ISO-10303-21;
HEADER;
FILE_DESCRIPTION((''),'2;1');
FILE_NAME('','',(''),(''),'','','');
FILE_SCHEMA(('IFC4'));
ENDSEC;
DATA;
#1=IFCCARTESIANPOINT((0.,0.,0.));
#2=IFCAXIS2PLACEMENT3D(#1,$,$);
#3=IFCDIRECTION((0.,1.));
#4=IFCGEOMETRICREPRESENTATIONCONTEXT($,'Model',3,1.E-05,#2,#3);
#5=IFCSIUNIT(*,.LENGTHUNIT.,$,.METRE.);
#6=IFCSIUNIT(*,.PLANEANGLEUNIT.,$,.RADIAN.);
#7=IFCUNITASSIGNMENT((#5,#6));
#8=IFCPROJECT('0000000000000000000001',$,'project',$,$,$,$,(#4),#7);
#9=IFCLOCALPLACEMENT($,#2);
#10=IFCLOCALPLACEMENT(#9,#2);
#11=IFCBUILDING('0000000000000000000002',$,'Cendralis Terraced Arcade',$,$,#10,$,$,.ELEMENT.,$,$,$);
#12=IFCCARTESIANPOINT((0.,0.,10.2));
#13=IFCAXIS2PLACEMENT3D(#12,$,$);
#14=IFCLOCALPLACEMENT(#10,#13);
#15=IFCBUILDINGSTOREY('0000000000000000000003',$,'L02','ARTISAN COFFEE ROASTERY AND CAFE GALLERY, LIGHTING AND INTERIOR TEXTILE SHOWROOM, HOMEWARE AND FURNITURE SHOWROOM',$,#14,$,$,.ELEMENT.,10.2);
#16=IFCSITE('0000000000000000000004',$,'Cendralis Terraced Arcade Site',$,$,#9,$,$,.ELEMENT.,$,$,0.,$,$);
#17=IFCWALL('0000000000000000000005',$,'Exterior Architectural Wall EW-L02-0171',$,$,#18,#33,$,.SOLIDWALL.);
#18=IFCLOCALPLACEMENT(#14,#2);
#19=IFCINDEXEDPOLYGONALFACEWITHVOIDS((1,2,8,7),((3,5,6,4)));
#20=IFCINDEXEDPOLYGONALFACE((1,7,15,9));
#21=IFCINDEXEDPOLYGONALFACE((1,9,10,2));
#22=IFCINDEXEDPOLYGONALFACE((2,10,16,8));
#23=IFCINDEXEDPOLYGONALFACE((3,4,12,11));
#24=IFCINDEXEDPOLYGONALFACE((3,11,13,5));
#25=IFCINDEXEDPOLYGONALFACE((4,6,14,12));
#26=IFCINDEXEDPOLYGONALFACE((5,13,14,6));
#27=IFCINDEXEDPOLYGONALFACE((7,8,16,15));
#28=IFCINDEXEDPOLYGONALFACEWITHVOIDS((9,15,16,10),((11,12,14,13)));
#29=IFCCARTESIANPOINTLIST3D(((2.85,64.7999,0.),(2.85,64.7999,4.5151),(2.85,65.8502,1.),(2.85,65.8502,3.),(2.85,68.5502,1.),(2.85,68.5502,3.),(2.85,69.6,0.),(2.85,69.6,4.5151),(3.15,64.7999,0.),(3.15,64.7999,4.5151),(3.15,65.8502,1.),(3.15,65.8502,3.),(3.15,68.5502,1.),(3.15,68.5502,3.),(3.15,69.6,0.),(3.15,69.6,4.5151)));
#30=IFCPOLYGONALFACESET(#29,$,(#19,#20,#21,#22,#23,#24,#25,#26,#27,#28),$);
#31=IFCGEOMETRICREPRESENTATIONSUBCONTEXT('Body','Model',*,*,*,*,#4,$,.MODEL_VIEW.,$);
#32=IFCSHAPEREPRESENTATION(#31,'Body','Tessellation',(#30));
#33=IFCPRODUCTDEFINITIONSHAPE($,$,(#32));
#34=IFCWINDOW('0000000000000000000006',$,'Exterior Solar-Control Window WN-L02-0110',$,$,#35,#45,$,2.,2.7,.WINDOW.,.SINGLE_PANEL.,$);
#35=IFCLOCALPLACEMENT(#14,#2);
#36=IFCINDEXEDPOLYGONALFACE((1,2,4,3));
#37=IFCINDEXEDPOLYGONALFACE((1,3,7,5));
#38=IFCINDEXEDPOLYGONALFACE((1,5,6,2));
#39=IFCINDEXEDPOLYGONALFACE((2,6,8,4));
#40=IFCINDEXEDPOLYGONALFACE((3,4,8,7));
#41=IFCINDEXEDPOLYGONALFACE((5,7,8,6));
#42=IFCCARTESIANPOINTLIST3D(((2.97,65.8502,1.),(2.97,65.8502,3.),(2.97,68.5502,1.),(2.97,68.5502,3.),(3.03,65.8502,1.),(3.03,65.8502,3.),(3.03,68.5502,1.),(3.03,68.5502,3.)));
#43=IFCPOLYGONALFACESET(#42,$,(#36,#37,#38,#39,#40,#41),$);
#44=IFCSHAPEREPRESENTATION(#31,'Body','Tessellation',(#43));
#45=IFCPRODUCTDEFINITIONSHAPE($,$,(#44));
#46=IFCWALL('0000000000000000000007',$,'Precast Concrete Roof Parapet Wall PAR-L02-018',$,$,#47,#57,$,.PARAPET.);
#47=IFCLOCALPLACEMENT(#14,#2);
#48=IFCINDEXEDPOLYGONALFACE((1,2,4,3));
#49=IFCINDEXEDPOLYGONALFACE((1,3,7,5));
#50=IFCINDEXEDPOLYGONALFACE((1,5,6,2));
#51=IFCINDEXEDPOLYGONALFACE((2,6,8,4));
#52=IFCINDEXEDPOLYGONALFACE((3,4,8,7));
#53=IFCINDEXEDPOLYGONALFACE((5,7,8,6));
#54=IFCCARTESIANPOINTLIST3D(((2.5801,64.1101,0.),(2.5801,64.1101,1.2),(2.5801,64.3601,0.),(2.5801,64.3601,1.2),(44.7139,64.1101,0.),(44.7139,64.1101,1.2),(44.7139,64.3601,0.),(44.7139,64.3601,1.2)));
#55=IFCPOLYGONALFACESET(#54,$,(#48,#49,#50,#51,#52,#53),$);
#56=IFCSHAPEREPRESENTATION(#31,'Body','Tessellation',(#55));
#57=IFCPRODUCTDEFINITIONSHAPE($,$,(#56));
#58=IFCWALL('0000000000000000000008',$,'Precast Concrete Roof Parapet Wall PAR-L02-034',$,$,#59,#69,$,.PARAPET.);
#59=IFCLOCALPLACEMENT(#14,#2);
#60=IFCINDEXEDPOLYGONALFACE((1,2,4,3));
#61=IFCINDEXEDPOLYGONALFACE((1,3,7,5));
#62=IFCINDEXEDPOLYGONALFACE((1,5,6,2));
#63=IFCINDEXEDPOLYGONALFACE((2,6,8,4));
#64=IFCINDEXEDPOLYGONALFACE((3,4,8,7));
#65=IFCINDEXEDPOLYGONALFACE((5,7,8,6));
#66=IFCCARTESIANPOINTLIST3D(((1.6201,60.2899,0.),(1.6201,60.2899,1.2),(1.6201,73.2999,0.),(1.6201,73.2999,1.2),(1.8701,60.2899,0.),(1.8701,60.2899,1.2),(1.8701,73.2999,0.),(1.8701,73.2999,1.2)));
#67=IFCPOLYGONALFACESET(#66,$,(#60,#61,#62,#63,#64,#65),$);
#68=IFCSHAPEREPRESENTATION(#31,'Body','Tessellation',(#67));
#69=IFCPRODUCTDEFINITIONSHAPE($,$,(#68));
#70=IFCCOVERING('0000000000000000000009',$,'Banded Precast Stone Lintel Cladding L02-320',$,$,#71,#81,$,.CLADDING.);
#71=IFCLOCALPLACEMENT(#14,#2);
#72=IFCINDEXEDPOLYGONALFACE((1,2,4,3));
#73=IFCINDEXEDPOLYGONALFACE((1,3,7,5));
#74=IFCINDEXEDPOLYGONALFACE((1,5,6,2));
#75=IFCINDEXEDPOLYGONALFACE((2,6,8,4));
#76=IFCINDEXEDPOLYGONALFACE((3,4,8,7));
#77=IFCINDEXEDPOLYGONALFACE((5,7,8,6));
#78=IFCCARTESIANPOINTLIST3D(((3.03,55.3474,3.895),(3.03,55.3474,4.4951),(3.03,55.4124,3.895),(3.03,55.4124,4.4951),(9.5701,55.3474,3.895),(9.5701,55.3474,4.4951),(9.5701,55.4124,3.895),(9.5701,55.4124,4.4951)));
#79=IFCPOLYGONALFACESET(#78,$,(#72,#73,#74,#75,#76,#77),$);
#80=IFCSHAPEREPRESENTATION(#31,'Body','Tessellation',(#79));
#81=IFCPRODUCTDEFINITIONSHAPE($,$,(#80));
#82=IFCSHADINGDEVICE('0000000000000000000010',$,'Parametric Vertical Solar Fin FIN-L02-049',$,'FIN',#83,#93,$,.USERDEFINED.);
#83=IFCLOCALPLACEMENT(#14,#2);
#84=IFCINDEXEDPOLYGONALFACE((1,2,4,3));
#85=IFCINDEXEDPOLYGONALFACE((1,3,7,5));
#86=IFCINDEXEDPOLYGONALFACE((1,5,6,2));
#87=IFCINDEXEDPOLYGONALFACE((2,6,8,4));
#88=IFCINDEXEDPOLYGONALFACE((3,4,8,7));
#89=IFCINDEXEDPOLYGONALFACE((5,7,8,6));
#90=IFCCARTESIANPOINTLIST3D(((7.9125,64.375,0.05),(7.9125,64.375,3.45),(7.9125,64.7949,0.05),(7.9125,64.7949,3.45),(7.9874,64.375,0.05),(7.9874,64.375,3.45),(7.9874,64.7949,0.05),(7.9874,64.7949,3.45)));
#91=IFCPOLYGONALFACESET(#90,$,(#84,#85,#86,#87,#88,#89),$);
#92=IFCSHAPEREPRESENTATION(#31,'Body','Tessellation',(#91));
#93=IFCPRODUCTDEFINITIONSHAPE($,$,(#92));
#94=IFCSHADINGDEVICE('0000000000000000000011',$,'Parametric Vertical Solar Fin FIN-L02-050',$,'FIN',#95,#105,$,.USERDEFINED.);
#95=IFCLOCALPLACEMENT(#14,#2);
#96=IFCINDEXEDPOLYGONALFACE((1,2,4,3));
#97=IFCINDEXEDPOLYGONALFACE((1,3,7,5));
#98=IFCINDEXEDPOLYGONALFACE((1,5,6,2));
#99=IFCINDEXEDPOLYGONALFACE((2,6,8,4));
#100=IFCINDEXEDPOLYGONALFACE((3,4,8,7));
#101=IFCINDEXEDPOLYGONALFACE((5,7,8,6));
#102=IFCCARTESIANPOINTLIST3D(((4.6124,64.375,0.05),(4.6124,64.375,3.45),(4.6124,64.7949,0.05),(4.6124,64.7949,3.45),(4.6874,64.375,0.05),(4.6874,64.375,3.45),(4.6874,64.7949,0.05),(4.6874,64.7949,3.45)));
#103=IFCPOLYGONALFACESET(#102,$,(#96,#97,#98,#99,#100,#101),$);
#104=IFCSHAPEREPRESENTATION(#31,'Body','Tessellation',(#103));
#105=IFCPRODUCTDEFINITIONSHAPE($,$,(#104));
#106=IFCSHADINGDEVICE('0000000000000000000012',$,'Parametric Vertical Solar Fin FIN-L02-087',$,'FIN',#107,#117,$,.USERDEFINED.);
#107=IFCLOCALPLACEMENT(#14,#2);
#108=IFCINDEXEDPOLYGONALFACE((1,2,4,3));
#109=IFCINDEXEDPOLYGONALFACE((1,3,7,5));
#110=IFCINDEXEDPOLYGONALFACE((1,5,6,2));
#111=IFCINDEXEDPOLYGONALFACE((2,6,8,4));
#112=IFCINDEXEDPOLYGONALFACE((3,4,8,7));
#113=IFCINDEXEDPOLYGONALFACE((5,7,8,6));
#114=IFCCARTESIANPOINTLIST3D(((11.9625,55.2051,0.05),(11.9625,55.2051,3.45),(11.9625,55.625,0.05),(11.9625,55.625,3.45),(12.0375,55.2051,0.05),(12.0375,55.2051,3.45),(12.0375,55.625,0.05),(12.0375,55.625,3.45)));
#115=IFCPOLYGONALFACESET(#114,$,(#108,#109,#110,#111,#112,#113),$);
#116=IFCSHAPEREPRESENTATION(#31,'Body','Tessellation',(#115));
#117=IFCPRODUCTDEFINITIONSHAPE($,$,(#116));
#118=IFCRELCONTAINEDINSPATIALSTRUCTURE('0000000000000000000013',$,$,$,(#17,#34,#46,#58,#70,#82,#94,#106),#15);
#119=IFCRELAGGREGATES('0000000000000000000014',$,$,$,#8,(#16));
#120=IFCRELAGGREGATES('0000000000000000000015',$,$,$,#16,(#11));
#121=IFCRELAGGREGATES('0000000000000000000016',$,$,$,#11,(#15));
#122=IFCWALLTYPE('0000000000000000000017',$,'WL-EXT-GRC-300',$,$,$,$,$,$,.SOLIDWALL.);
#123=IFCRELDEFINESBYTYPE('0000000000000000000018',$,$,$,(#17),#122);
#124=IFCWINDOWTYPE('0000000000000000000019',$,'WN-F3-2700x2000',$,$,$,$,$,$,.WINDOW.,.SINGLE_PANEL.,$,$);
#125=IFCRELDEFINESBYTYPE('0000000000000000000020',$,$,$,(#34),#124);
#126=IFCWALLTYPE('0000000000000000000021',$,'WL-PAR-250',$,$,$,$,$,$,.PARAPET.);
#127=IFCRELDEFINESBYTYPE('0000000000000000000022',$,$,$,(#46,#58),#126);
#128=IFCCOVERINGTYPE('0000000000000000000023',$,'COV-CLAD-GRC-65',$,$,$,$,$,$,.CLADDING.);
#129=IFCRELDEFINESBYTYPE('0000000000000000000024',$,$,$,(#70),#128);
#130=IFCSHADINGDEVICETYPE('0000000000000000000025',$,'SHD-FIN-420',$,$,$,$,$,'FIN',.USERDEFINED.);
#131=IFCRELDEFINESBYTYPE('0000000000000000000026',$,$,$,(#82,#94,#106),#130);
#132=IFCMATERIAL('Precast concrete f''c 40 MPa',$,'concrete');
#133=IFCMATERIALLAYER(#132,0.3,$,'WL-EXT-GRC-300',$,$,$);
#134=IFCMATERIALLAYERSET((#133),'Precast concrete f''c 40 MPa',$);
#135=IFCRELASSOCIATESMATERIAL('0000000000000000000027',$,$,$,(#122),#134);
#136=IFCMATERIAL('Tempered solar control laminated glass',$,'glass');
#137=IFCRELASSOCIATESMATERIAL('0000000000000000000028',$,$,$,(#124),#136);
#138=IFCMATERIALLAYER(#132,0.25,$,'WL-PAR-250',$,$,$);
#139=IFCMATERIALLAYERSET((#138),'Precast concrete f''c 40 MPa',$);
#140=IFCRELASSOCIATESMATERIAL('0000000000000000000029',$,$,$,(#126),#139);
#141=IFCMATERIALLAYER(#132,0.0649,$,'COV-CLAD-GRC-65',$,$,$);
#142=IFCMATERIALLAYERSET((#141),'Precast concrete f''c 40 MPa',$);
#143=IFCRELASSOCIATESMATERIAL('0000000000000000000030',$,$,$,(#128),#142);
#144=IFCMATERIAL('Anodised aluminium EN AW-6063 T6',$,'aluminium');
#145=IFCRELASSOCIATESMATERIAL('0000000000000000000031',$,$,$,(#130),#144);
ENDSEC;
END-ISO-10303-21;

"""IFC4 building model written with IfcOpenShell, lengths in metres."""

from ifc_helpers import new_model, si_unit, direction, frame, frame_2d, origin, origin_2d, place, context, subcontext, project, spatial, rectangle, extrude, material, layer, layer_set, type_object, element, fill, save


model = new_model("IFC4")

# Units and contexts
model_context = context("Model", 3, precision=1e-05, world=origin(), true_north=direction((0.0, 1.0)))
body_context = subcontext(model_context, "Body", "Model", "MODEL_VIEW")
ifc_project = project(units=[si_unit("LENGTHUNIT", "METRE"), si_unit("PLANEANGLEUNIT", "RADIAN")], contexts=[model_context])

# Site, building, storey
site_placement = place(None, origin())
site = spatial("IfcSite", under=ifc_project, at=site_placement, Name="Cendralis Terraced Arcade Site", CompositionType="ELEMENT", RefElevation=0.0)
building_placement = place(site_placement, origin())
building = spatial("IfcBuilding", under=site, at=building_placement, Name="Cendralis Terraced Arcade", CompositionType="ELEMENT")
storey_placement = place(building_placement, frame((0.0, 0.0, 10.2)))
storey = spatial("IfcBuildingStorey", under=building, at=storey_placement, Name="L02", Description="ARTISAN COFFEE ROASTERY AND CAFE GALLERY, LIGHTING AND INTERIOR TEXTILE SHOWROOM, HOMEWARE AND FURNITURE SHOWROOM", CompositionType="ELEMENT", Elevation=10.2)

# Shared definitions
ifc_material_1 = material(Name="Anodised aluminium EN AW-6063 T6", Category="aluminium")
ifc_material_2 = material(Name="Tempered solar control laminated glass", Category="glass")

# Wall, opening, window
ifc_material_3 = material(Name="Precast concrete f'c 40 MPa", Category="concrete")
ifc_layer_1 = layer(ifc_material_3, 0.3, Name="WL-EXT-GRC-300")
ifc_layer_set_1 = layer_set([ifc_layer_1], Name="Precast concrete f'c 40 MPa")
wall_type_1 = type_object("IfcWallType", Name="WL-EXT-GRC-300", PredefinedType="SOLIDWALL", material=ifc_layer_set_1)
wall_1_placement = place(storey_placement, frame((3.0, 64.8, 0.0), z_axis=(0.0, 0.0, 1.0), x_axis=(0.0, 1.0, 0.0)))
wall_1 = element("IfcWall", 1, at=wall_1_placement, inside=storey, type_object=wall_type_1, Name="Exterior Architectural Wall EW-L02-0171", PredefinedType="SOLIDWALL", context=body_context, shape_type="SweptSolid", body=[
    extrude(rectangle(XDim=4.8, YDim=0.3, at=frame_2d((2.3999, 0.0))), origin(), (0.0, 0.0, 1.0), 4.5151),
])
opening_placement = place(wall_1_placement, frame((1.05, 0.0, 1.0)))
opening = element("IfcOpeningElement", 2, at=opening_placement, cuts=wall_1, PredefinedType="OPENING", context=body_context, shape_type="SweptSolid", body=[
    extrude(rectangle(XDim=2.7, YDim=2.0, at=frame_2d((1.3501, 1.0))), frame((0.0, 0.1621, 0.0), z_axis=(0.0, -1.0, 0.0), x_axis=(1.0, 0.0, 0.0)), (0.0, 0.0, 1.0), 0.324),
])
window_type = type_object("IfcWindowType", Name="WN-F3-2700x2000", PartitioningType="SINGLE_PANEL", PredefinedType="WINDOW", material=ifc_material_2)
window_placement = place(opening_placement, origin())
window = element("IfcWindow", 3, at=window_placement, inside=storey, type_object=window_type, Name="Exterior Solar-Control Window WN-L02-0110", OverallHeight=2.0, OverallWidth=2.7, PartitioningType="SINGLE_PANEL", PredefinedType="WINDOW", context=body_context, shape_type="SweptSolid", body=[
    extrude(rectangle(XDim=2.7, YDim=2.0, at=frame_2d((1.3501, 1.0))), frame((0.0, 0.03, 0.0), z_axis=(0.0, -1.0, 0.0), x_axis=(1.0, 0.0, 0.0)), (0.0, 0.0, 1.0), 0.0601),
])
fill(opening, window)

# Walls
ifc_layer_2 = layer(ifc_material_3, 0.25, Name="WL-PAR-250")
ifc_layer_set_2 = layer_set([ifc_layer_2], Name="Precast concrete f'c 40 MPa")
wall_type_2 = type_object("IfcWallType", Name="WL-PAR-250", PredefinedType="PARAPET", material=ifc_layer_set_2)
wall_2_placement = place(storey_placement, frame((2.5801, 64.2351, 0.0), z_axis=(0.0, 0.0, 1.0), x_axis=(1.0, 0.0, 0.0)))
element("IfcWall", 4, at=wall_2_placement, inside=storey, type_object=wall_type_2, Name="Precast Concrete Roof Parapet Wall PAR-L02-018", PredefinedType="PARAPET", context=body_context, shape_type="SweptSolid", body=[
    extrude(rectangle(XDim=42.1338, YDim=0.25, at=frame_2d((21.0669, 0.0))), origin(), (0.0, 0.0, 1.0), 1.2),
])
wall_3_placement = place(storey_placement, frame((1.7451, 60.29, 0.0), z_axis=(0.0, 0.0, 1.0), x_axis=(0.0, 1.0, 0.0)))
element("IfcWall", 5, at=wall_3_placement, inside=storey, type_object=wall_type_2, Name="Precast Concrete Roof Parapet Wall PAR-L02-034", PredefinedType="PARAPET", context=body_context, shape_type="SweptSolid", body=[
    extrude(rectangle(XDim=13.01, YDim=0.25, at=frame_2d((6.5049, 0.0))), origin(), (0.0, 0.0, 1.0), 1.2),
])

# Covering
ifc_layer_3 = layer(ifc_material_3, 0.0649, Name="COV-CLAD-GRC-65")
ifc_layer_set_3 = layer_set([ifc_layer_3], Name="Precast concrete f'c 40 MPa")
covering_type = type_object("IfcCoveringType", Name="COV-CLAD-GRC-65", PredefinedType="CLADDING", material=ifc_layer_set_3)
covering_placement = place(storey_placement, frame((6.3, 55.3799, 3.895), z_axis=(0.0, 0.0, 1.0), x_axis=(1.0, 0.0, 0.0)))
element("IfcCovering", 6, at=covering_placement, inside=storey, type_object=covering_type, Name="Banded Precast Stone Lintel Cladding L02-320", PredefinedType="CLADDING", context=body_context, shape_type="SweptSolid", body=[
    extrude(rectangle(XDim=6.54, YDim=0.0649, at=origin_2d()), origin(), (0.0, 0.0, 1.0), 0.6001),
])

# Shading devices
shading_device_type = type_object("IfcShadingDeviceType", Name="SHD-FIN-420", ElementType="FIN", PredefinedType="USERDEFINED", material=ifc_material_1)
for number, where, z_axis, x_axis, name in (
    (7, (7.95, 64.585, 0.05), (0.0, 0.0, 1.0), (-1.0, 0.0, 0.0), "Parametric Vertical Solar Fin FIN-L02-049"),
    (8, (4.6499, 64.585, 0.05), (0.0, 0.0, 1.0), (-1.0, 0.0, 0.0), "Parametric Vertical Solar Fin FIN-L02-050"),
    (9, (12.0, 55.415, 0.05), (0.0, 0.0, 1.0), (1.0, 0.0, 0.0), "Parametric Vertical Solar Fin FIN-L02-087"),
):
    element("IfcShadingDevice", number, at=place(storey_placement, frame(where, z_axis=z_axis, x_axis=x_axis)), inside=storey, type_object=shading_device_type, Name=name, ObjectType="FIN", PredefinedType="USERDEFINED", context=body_context, shape_type="SweptSolid", body=[
        extrude(rectangle(XDim=0.075, YDim=0.4199, at=origin_2d()), origin(), (0.0, 0.0, 1.0), 3.3999),
    ])

save(model, "model.ifc")
